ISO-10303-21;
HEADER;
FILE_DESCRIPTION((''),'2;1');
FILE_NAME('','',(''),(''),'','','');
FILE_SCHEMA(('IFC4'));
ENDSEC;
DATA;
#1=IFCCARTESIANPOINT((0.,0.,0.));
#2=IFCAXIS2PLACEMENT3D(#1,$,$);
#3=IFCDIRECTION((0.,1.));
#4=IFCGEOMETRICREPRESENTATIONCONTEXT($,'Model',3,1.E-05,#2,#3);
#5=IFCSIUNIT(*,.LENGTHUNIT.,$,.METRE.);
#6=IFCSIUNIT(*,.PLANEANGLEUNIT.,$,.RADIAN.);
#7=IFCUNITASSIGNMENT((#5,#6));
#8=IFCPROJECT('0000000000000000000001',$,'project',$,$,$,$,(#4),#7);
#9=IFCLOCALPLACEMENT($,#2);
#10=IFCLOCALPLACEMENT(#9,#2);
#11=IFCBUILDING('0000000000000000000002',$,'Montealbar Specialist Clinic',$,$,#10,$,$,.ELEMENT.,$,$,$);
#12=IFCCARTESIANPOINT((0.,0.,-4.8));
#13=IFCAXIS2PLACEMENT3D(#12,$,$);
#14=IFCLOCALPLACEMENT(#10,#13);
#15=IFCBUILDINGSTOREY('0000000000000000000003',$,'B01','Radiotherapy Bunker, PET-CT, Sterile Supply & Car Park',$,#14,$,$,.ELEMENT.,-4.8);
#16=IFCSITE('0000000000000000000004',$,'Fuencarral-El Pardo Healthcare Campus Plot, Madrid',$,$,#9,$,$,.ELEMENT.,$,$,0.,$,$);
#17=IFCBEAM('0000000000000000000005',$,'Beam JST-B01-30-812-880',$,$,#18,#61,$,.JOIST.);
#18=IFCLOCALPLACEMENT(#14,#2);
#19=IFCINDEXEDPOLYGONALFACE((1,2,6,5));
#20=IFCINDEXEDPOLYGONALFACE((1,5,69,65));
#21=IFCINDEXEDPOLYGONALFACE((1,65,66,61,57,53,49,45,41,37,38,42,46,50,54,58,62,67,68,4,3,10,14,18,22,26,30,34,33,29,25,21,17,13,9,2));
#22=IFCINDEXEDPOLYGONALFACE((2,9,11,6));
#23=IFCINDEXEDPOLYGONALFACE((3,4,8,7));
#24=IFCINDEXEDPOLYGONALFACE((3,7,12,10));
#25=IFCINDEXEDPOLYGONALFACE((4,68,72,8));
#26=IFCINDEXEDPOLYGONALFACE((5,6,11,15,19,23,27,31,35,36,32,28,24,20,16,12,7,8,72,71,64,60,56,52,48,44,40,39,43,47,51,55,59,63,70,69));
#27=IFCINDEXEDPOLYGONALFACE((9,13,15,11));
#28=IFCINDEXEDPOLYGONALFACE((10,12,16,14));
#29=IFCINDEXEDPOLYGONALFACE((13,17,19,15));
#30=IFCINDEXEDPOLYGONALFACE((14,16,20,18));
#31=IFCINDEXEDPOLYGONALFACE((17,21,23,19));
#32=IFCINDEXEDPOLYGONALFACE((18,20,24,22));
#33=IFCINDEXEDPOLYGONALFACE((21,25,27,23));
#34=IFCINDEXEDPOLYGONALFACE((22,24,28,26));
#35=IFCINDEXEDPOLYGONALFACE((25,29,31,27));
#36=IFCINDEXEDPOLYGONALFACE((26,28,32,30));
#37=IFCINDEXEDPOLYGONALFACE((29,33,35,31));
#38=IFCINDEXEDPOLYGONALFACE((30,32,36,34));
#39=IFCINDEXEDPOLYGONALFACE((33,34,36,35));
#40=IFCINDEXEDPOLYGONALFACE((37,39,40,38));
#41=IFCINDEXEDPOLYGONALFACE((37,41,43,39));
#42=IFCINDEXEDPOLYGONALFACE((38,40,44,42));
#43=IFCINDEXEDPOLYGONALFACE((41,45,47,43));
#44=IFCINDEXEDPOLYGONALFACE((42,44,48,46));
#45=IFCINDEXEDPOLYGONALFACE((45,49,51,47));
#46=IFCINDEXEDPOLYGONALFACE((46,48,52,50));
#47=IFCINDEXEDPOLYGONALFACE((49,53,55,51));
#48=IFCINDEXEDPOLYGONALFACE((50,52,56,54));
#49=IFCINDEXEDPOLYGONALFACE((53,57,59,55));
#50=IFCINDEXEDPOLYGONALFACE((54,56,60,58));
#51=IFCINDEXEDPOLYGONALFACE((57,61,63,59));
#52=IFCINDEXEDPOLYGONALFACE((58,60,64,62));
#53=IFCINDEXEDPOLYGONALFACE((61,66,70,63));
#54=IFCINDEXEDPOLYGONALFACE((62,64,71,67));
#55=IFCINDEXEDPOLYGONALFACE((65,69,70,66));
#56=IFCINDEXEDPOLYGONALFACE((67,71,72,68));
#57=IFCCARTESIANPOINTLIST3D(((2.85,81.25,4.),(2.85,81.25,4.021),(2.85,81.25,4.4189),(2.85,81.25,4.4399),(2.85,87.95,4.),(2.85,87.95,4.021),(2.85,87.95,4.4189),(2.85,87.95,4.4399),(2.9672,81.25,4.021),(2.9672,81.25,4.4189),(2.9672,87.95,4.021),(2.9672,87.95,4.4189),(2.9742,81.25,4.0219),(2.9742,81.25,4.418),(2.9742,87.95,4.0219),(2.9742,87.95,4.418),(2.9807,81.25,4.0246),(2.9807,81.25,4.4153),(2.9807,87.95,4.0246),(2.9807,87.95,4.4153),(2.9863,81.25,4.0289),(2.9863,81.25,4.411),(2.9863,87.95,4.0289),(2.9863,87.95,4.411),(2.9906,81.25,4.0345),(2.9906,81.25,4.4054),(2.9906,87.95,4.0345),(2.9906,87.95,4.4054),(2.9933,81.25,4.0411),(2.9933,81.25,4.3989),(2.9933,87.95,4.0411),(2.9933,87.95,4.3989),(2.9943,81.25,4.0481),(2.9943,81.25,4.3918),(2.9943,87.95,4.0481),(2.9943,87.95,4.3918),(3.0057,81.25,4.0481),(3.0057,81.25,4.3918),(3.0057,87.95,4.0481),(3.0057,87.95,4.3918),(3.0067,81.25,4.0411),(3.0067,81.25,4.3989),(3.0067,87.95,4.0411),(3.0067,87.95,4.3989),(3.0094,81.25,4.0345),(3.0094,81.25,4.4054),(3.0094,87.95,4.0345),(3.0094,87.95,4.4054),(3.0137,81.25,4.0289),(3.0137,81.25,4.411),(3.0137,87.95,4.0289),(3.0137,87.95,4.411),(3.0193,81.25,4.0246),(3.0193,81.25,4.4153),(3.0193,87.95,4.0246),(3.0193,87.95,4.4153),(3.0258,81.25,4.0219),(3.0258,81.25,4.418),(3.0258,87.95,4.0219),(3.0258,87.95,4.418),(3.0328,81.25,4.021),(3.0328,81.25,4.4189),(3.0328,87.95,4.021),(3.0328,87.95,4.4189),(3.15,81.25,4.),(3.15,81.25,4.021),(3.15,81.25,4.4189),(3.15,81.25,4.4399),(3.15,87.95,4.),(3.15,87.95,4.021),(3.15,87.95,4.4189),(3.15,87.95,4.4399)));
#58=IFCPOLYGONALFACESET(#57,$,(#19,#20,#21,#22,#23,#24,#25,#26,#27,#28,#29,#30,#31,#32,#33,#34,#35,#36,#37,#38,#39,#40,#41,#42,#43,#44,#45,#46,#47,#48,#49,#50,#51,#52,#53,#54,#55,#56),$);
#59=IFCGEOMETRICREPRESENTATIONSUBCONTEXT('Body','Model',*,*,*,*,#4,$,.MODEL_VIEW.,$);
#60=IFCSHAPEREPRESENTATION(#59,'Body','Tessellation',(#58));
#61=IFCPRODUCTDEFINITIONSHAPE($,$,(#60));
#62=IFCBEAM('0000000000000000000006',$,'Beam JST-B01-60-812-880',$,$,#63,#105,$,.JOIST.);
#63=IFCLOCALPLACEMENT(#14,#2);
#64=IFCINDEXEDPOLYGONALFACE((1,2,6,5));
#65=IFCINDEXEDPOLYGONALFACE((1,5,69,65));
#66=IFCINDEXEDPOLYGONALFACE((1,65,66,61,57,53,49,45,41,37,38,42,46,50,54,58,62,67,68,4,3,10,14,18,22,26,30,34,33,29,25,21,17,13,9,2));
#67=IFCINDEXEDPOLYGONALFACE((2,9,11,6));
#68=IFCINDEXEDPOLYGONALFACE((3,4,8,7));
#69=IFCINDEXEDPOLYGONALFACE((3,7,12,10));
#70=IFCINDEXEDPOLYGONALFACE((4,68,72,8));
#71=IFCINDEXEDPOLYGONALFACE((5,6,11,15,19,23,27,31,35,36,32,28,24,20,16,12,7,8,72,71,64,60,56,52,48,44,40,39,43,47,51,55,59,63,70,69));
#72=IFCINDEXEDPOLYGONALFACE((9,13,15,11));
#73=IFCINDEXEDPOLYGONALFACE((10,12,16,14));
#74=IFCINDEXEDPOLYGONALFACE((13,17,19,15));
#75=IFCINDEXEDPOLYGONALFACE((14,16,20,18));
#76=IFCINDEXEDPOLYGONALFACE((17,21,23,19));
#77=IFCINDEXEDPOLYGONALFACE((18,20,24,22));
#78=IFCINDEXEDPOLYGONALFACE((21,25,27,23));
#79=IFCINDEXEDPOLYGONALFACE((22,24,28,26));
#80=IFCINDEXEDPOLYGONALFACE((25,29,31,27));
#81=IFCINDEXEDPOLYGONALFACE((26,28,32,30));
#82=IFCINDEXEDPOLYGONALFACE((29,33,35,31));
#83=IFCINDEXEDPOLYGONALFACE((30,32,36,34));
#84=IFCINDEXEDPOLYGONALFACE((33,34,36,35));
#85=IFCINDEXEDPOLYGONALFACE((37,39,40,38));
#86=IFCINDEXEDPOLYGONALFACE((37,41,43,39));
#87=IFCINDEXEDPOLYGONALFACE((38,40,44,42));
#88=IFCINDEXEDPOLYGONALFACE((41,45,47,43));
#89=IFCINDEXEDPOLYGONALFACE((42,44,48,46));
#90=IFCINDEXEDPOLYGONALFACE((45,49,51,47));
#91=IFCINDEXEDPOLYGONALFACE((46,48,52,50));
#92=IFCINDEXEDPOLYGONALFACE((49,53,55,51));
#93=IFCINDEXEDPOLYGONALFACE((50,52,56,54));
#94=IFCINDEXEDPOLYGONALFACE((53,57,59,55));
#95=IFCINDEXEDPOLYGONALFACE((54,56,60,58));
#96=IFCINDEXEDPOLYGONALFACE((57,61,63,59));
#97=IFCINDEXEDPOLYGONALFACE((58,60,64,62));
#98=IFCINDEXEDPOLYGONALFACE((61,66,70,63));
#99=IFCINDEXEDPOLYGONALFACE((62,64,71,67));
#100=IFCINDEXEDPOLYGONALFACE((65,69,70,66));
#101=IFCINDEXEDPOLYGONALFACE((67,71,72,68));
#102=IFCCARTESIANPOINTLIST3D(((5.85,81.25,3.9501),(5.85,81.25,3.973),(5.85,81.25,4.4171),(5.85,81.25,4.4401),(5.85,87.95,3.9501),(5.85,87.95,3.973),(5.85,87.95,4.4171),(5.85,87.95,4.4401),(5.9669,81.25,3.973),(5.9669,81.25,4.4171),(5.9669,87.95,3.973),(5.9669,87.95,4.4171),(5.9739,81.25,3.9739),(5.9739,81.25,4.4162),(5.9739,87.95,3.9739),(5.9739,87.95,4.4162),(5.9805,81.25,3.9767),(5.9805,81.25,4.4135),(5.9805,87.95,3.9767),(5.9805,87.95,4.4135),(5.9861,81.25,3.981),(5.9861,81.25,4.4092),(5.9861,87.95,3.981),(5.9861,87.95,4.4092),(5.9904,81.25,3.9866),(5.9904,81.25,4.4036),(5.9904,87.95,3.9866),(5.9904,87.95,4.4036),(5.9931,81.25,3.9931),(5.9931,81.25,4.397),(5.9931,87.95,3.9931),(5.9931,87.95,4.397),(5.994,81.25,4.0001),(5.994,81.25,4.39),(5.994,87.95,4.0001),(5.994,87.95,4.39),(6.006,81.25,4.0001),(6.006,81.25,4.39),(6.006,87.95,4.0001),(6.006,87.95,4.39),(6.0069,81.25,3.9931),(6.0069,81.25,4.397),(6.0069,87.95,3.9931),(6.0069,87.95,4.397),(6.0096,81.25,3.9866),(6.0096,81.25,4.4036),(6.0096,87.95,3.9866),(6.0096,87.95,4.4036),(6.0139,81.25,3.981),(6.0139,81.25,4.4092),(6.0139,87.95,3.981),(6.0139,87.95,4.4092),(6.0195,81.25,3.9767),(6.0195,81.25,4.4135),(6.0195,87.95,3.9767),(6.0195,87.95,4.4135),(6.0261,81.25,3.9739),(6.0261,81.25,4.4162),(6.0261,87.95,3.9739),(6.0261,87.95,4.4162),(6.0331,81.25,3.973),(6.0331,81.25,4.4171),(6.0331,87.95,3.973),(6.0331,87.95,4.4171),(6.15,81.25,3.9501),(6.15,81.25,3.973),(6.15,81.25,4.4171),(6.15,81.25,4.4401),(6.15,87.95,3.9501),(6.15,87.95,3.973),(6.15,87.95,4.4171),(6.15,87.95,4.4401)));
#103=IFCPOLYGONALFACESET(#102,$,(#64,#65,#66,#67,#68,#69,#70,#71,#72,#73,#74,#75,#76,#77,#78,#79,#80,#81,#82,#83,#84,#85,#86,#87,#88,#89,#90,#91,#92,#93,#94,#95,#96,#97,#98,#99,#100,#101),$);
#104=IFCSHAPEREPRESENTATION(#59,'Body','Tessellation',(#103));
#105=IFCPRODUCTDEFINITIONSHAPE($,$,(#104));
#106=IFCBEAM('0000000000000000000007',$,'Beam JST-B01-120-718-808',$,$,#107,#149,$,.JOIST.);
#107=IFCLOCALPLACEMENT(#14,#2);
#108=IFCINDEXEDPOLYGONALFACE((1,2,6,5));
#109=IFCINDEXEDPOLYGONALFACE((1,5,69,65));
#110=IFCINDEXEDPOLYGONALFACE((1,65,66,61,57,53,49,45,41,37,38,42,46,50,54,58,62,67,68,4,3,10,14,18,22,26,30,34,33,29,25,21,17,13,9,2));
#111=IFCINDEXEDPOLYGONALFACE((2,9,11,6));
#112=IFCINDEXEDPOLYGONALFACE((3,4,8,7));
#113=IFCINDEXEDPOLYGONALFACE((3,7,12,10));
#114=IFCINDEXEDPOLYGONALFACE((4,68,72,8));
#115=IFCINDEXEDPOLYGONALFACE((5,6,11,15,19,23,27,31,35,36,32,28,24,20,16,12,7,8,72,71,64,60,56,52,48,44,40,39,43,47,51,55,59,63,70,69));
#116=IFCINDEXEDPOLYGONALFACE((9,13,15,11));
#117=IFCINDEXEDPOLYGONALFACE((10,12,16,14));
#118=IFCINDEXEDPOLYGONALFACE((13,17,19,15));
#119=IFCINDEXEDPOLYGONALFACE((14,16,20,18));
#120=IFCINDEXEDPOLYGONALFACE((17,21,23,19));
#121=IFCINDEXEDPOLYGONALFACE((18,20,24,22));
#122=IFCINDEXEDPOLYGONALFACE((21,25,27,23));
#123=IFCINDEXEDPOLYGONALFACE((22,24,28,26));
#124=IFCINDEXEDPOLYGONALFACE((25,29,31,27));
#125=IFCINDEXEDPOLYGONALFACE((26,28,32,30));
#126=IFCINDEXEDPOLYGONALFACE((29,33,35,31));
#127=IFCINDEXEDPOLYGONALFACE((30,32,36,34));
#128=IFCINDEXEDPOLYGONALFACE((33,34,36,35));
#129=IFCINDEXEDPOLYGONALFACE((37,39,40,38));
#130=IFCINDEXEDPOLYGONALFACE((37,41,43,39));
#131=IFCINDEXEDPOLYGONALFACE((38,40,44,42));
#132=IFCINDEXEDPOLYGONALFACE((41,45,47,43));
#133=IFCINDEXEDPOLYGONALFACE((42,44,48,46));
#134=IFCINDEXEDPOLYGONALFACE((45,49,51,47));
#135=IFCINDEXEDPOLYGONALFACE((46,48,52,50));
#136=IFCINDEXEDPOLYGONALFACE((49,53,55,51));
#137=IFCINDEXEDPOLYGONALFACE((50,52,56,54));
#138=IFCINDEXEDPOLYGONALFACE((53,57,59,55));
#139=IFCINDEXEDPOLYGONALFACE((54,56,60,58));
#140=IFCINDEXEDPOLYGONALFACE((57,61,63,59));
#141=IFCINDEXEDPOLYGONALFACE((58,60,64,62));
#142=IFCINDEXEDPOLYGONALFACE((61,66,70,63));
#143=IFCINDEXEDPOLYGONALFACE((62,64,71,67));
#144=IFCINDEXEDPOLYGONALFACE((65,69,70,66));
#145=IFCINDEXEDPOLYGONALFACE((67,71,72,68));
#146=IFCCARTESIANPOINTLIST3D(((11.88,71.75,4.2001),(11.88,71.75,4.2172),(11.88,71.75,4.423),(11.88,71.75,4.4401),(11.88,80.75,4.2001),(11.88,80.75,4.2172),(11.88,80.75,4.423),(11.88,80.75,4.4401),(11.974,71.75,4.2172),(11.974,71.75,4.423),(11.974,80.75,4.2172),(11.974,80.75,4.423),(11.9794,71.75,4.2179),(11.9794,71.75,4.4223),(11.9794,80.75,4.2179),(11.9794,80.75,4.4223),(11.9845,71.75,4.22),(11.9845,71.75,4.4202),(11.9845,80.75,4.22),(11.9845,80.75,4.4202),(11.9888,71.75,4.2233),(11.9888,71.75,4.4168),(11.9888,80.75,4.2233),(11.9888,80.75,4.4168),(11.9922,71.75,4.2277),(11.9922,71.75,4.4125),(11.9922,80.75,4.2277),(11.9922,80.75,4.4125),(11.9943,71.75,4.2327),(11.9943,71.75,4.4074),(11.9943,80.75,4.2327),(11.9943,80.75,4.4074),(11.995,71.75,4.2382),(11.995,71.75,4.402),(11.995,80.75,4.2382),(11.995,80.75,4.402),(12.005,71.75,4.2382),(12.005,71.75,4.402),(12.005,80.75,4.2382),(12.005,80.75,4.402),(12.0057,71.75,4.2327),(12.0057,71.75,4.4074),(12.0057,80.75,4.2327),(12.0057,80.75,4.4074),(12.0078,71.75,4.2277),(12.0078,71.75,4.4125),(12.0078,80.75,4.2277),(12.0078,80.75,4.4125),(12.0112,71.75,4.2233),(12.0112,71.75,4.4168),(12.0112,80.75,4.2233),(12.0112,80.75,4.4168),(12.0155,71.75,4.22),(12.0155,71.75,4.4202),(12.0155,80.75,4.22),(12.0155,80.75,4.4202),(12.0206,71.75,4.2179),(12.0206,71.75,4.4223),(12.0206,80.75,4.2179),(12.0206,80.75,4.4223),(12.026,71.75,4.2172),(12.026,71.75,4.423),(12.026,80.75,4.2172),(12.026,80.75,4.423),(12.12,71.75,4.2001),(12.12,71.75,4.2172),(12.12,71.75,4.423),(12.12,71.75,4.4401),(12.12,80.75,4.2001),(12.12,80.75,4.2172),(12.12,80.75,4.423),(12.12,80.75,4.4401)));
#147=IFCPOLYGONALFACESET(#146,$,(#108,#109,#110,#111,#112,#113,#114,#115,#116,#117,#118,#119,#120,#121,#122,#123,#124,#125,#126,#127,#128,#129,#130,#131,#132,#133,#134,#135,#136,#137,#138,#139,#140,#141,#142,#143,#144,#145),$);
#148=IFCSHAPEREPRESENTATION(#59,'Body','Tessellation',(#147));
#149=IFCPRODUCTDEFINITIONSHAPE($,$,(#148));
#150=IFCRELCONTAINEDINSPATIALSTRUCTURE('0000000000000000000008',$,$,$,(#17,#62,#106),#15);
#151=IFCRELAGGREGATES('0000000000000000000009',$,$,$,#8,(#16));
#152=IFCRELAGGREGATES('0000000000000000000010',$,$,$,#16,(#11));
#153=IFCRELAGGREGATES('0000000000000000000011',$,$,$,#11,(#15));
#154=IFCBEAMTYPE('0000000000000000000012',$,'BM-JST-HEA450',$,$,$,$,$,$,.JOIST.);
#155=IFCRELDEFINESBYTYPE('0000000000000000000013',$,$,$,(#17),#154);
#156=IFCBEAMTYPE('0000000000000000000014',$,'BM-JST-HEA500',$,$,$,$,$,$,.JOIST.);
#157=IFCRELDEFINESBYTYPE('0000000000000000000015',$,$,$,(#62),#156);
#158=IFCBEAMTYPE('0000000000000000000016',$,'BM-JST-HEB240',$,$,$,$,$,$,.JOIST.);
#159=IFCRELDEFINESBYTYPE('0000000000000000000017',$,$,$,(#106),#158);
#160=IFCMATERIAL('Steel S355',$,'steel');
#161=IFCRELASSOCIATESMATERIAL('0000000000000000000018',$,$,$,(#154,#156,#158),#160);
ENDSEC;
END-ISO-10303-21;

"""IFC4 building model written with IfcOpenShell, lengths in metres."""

from ifc_helpers import new_model, si_unit, direction, frame, origin, origin_2d, place, context, subcontext, project, spatial, i_section, extrude, material, material_profile, profile_set, type_object, element, save


model = new_model("IFC4")

# Units and contexts
model_context = context("Model", 3, precision=1e-05, world=origin(), true_north=direction((0.0, 1.0)))
body_context = subcontext(model_context, "Body", "Model", "MODEL_VIEW")
ifc_project = project(units=[si_unit("LENGTHUNIT", "METRE"), si_unit("PLANEANGLEUNIT", "RADIAN")], contexts=[model_context])

# Site, building, storey
site_placement = place(None, origin())
site = spatial("IfcSite", under=ifc_project, at=site_placement, Name="Fuencarral-El Pardo Healthcare Campus Plot, Madrid", CompositionType="ELEMENT", RefElevation=0.0)
building_placement = place(site_placement, origin())
building = spatial("IfcBuilding", under=site, at=building_placement, Name="Montealbar Specialist Clinic", CompositionType="ELEMENT")
storey_placement = place(building_placement, frame((0.0, 0.0, -4.8)))
storey = spatial("IfcBuildingStorey", under=building, at=storey_placement, Name="B01", Description="Radiotherapy Bunker, PET-CT, Sterile Supply & Car Park", CompositionType="ELEMENT", Elevation=-4.8)

# Beams
ifc_material_1 = material(Name="Steel S355", Category="steel")
ifc_material_profile_1 = material_profile(ifc_material_1, i_section(OverallWidth=0.3, OverallDepth=0.4399, WebThickness=0.0115, FlangeThickness=0.021, FilletRadius=0.0271, at=origin_2d()), Name="HEA 450", Category="steel")
ifc_profile_set_1 = profile_set([ifc_material_profile_1], Name="Steel S355")
beam_type_1 = type_object("IfcBeamType", Name="BM-JST-HEA450", PredefinedType="JOIST", material=ifc_profile_set_1)
beam_1_placement = place(storey_placement, frame((3.0, 81.25, 4.22), z_axis=(0.0, 1.0, 0.0), x_axis=(-1.0, 0.0, 0.0)))
element("IfcBeam", 1, at=beam_1_placement, inside=storey, type_object=beam_type_1, Name="Beam JST-B01-30-812-880", PredefinedType="JOIST", context=body_context, shape_type="SweptSolid", body=[
    extrude(i_section(OverallWidth=0.3, OverallDepth=0.4399, WebThickness=0.0115, FlangeThickness=0.021, FilletRadius=0.0271, at=origin_2d()), origin(), (0.0, 0.0, 1.0), 6.7),
])
ifc_material_profile_2 = material_profile(ifc_material_1, i_section(OverallWidth=0.3, OverallDepth=0.49, WebThickness=0.012, FlangeThickness=0.0229, FilletRadius=0.0271, at=origin_2d()), Name="HEA 500", Category="steel")
ifc_profile_set_2 = profile_set([ifc_material_profile_2], Name="Steel S355")
beam_type_2 = type_object("IfcBeamType", Name="BM-JST-HEA500", PredefinedType="JOIST", material=ifc_profile_set_2)
beam_2_placement = place(storey_placement, frame((6.0, 81.25, 4.1951), z_axis=(0.0, 1.0, 0.0), x_axis=(-1.0, 0.0, 0.0)))
element("IfcBeam", 2, at=beam_2_placement, inside=storey, type_object=beam_type_2, Name="Beam JST-B01-60-812-880", PredefinedType="JOIST", context=body_context, shape_type="SweptSolid", body=[
    extrude(i_section(OverallWidth=0.3, OverallDepth=0.49, WebThickness=0.012, FlangeThickness=0.0229, FilletRadius=0.0271, at=origin_2d()), origin(), (0.0, 0.0, 1.0), 6.7),
])
ifc_material_profile_3 = material_profile(ifc_material_1, i_section(OverallWidth=0.24, OverallDepth=0.24, WebThickness=0.01, FlangeThickness=0.0171, FilletRadius=0.021, at=origin_2d()), Name="HEB 240", Category="steel")
ifc_profile_set_3 = profile_set([ifc_material_profile_3], Name="Steel S355")
beam_type_3 = type_object("IfcBeamType", Name="BM-JST-HEB240", PredefinedType="JOIST", material=ifc_profile_set_3)
beam_3_placement = place(storey_placement, frame((12.0, 71.75, 4.3201), z_axis=(0.0, 1.0, 0.0), x_axis=(-1.0, 0.0, 0.0)))
element("IfcBeam", 3, at=beam_3_placement, inside=storey, type_object=beam_type_3, Name="Beam JST-B01-120-718-808", PredefinedType="JOIST", context=body_context, shape_type="SweptSolid", body=[
    extrude(i_section(OverallWidth=0.24, OverallDepth=0.24, WebThickness=0.01, FlangeThickness=0.0171, FilletRadius=0.021, at=origin_2d()), origin(), (0.0, 0.0, 1.0), 9.0),
])

save(model, "model.ifc")
